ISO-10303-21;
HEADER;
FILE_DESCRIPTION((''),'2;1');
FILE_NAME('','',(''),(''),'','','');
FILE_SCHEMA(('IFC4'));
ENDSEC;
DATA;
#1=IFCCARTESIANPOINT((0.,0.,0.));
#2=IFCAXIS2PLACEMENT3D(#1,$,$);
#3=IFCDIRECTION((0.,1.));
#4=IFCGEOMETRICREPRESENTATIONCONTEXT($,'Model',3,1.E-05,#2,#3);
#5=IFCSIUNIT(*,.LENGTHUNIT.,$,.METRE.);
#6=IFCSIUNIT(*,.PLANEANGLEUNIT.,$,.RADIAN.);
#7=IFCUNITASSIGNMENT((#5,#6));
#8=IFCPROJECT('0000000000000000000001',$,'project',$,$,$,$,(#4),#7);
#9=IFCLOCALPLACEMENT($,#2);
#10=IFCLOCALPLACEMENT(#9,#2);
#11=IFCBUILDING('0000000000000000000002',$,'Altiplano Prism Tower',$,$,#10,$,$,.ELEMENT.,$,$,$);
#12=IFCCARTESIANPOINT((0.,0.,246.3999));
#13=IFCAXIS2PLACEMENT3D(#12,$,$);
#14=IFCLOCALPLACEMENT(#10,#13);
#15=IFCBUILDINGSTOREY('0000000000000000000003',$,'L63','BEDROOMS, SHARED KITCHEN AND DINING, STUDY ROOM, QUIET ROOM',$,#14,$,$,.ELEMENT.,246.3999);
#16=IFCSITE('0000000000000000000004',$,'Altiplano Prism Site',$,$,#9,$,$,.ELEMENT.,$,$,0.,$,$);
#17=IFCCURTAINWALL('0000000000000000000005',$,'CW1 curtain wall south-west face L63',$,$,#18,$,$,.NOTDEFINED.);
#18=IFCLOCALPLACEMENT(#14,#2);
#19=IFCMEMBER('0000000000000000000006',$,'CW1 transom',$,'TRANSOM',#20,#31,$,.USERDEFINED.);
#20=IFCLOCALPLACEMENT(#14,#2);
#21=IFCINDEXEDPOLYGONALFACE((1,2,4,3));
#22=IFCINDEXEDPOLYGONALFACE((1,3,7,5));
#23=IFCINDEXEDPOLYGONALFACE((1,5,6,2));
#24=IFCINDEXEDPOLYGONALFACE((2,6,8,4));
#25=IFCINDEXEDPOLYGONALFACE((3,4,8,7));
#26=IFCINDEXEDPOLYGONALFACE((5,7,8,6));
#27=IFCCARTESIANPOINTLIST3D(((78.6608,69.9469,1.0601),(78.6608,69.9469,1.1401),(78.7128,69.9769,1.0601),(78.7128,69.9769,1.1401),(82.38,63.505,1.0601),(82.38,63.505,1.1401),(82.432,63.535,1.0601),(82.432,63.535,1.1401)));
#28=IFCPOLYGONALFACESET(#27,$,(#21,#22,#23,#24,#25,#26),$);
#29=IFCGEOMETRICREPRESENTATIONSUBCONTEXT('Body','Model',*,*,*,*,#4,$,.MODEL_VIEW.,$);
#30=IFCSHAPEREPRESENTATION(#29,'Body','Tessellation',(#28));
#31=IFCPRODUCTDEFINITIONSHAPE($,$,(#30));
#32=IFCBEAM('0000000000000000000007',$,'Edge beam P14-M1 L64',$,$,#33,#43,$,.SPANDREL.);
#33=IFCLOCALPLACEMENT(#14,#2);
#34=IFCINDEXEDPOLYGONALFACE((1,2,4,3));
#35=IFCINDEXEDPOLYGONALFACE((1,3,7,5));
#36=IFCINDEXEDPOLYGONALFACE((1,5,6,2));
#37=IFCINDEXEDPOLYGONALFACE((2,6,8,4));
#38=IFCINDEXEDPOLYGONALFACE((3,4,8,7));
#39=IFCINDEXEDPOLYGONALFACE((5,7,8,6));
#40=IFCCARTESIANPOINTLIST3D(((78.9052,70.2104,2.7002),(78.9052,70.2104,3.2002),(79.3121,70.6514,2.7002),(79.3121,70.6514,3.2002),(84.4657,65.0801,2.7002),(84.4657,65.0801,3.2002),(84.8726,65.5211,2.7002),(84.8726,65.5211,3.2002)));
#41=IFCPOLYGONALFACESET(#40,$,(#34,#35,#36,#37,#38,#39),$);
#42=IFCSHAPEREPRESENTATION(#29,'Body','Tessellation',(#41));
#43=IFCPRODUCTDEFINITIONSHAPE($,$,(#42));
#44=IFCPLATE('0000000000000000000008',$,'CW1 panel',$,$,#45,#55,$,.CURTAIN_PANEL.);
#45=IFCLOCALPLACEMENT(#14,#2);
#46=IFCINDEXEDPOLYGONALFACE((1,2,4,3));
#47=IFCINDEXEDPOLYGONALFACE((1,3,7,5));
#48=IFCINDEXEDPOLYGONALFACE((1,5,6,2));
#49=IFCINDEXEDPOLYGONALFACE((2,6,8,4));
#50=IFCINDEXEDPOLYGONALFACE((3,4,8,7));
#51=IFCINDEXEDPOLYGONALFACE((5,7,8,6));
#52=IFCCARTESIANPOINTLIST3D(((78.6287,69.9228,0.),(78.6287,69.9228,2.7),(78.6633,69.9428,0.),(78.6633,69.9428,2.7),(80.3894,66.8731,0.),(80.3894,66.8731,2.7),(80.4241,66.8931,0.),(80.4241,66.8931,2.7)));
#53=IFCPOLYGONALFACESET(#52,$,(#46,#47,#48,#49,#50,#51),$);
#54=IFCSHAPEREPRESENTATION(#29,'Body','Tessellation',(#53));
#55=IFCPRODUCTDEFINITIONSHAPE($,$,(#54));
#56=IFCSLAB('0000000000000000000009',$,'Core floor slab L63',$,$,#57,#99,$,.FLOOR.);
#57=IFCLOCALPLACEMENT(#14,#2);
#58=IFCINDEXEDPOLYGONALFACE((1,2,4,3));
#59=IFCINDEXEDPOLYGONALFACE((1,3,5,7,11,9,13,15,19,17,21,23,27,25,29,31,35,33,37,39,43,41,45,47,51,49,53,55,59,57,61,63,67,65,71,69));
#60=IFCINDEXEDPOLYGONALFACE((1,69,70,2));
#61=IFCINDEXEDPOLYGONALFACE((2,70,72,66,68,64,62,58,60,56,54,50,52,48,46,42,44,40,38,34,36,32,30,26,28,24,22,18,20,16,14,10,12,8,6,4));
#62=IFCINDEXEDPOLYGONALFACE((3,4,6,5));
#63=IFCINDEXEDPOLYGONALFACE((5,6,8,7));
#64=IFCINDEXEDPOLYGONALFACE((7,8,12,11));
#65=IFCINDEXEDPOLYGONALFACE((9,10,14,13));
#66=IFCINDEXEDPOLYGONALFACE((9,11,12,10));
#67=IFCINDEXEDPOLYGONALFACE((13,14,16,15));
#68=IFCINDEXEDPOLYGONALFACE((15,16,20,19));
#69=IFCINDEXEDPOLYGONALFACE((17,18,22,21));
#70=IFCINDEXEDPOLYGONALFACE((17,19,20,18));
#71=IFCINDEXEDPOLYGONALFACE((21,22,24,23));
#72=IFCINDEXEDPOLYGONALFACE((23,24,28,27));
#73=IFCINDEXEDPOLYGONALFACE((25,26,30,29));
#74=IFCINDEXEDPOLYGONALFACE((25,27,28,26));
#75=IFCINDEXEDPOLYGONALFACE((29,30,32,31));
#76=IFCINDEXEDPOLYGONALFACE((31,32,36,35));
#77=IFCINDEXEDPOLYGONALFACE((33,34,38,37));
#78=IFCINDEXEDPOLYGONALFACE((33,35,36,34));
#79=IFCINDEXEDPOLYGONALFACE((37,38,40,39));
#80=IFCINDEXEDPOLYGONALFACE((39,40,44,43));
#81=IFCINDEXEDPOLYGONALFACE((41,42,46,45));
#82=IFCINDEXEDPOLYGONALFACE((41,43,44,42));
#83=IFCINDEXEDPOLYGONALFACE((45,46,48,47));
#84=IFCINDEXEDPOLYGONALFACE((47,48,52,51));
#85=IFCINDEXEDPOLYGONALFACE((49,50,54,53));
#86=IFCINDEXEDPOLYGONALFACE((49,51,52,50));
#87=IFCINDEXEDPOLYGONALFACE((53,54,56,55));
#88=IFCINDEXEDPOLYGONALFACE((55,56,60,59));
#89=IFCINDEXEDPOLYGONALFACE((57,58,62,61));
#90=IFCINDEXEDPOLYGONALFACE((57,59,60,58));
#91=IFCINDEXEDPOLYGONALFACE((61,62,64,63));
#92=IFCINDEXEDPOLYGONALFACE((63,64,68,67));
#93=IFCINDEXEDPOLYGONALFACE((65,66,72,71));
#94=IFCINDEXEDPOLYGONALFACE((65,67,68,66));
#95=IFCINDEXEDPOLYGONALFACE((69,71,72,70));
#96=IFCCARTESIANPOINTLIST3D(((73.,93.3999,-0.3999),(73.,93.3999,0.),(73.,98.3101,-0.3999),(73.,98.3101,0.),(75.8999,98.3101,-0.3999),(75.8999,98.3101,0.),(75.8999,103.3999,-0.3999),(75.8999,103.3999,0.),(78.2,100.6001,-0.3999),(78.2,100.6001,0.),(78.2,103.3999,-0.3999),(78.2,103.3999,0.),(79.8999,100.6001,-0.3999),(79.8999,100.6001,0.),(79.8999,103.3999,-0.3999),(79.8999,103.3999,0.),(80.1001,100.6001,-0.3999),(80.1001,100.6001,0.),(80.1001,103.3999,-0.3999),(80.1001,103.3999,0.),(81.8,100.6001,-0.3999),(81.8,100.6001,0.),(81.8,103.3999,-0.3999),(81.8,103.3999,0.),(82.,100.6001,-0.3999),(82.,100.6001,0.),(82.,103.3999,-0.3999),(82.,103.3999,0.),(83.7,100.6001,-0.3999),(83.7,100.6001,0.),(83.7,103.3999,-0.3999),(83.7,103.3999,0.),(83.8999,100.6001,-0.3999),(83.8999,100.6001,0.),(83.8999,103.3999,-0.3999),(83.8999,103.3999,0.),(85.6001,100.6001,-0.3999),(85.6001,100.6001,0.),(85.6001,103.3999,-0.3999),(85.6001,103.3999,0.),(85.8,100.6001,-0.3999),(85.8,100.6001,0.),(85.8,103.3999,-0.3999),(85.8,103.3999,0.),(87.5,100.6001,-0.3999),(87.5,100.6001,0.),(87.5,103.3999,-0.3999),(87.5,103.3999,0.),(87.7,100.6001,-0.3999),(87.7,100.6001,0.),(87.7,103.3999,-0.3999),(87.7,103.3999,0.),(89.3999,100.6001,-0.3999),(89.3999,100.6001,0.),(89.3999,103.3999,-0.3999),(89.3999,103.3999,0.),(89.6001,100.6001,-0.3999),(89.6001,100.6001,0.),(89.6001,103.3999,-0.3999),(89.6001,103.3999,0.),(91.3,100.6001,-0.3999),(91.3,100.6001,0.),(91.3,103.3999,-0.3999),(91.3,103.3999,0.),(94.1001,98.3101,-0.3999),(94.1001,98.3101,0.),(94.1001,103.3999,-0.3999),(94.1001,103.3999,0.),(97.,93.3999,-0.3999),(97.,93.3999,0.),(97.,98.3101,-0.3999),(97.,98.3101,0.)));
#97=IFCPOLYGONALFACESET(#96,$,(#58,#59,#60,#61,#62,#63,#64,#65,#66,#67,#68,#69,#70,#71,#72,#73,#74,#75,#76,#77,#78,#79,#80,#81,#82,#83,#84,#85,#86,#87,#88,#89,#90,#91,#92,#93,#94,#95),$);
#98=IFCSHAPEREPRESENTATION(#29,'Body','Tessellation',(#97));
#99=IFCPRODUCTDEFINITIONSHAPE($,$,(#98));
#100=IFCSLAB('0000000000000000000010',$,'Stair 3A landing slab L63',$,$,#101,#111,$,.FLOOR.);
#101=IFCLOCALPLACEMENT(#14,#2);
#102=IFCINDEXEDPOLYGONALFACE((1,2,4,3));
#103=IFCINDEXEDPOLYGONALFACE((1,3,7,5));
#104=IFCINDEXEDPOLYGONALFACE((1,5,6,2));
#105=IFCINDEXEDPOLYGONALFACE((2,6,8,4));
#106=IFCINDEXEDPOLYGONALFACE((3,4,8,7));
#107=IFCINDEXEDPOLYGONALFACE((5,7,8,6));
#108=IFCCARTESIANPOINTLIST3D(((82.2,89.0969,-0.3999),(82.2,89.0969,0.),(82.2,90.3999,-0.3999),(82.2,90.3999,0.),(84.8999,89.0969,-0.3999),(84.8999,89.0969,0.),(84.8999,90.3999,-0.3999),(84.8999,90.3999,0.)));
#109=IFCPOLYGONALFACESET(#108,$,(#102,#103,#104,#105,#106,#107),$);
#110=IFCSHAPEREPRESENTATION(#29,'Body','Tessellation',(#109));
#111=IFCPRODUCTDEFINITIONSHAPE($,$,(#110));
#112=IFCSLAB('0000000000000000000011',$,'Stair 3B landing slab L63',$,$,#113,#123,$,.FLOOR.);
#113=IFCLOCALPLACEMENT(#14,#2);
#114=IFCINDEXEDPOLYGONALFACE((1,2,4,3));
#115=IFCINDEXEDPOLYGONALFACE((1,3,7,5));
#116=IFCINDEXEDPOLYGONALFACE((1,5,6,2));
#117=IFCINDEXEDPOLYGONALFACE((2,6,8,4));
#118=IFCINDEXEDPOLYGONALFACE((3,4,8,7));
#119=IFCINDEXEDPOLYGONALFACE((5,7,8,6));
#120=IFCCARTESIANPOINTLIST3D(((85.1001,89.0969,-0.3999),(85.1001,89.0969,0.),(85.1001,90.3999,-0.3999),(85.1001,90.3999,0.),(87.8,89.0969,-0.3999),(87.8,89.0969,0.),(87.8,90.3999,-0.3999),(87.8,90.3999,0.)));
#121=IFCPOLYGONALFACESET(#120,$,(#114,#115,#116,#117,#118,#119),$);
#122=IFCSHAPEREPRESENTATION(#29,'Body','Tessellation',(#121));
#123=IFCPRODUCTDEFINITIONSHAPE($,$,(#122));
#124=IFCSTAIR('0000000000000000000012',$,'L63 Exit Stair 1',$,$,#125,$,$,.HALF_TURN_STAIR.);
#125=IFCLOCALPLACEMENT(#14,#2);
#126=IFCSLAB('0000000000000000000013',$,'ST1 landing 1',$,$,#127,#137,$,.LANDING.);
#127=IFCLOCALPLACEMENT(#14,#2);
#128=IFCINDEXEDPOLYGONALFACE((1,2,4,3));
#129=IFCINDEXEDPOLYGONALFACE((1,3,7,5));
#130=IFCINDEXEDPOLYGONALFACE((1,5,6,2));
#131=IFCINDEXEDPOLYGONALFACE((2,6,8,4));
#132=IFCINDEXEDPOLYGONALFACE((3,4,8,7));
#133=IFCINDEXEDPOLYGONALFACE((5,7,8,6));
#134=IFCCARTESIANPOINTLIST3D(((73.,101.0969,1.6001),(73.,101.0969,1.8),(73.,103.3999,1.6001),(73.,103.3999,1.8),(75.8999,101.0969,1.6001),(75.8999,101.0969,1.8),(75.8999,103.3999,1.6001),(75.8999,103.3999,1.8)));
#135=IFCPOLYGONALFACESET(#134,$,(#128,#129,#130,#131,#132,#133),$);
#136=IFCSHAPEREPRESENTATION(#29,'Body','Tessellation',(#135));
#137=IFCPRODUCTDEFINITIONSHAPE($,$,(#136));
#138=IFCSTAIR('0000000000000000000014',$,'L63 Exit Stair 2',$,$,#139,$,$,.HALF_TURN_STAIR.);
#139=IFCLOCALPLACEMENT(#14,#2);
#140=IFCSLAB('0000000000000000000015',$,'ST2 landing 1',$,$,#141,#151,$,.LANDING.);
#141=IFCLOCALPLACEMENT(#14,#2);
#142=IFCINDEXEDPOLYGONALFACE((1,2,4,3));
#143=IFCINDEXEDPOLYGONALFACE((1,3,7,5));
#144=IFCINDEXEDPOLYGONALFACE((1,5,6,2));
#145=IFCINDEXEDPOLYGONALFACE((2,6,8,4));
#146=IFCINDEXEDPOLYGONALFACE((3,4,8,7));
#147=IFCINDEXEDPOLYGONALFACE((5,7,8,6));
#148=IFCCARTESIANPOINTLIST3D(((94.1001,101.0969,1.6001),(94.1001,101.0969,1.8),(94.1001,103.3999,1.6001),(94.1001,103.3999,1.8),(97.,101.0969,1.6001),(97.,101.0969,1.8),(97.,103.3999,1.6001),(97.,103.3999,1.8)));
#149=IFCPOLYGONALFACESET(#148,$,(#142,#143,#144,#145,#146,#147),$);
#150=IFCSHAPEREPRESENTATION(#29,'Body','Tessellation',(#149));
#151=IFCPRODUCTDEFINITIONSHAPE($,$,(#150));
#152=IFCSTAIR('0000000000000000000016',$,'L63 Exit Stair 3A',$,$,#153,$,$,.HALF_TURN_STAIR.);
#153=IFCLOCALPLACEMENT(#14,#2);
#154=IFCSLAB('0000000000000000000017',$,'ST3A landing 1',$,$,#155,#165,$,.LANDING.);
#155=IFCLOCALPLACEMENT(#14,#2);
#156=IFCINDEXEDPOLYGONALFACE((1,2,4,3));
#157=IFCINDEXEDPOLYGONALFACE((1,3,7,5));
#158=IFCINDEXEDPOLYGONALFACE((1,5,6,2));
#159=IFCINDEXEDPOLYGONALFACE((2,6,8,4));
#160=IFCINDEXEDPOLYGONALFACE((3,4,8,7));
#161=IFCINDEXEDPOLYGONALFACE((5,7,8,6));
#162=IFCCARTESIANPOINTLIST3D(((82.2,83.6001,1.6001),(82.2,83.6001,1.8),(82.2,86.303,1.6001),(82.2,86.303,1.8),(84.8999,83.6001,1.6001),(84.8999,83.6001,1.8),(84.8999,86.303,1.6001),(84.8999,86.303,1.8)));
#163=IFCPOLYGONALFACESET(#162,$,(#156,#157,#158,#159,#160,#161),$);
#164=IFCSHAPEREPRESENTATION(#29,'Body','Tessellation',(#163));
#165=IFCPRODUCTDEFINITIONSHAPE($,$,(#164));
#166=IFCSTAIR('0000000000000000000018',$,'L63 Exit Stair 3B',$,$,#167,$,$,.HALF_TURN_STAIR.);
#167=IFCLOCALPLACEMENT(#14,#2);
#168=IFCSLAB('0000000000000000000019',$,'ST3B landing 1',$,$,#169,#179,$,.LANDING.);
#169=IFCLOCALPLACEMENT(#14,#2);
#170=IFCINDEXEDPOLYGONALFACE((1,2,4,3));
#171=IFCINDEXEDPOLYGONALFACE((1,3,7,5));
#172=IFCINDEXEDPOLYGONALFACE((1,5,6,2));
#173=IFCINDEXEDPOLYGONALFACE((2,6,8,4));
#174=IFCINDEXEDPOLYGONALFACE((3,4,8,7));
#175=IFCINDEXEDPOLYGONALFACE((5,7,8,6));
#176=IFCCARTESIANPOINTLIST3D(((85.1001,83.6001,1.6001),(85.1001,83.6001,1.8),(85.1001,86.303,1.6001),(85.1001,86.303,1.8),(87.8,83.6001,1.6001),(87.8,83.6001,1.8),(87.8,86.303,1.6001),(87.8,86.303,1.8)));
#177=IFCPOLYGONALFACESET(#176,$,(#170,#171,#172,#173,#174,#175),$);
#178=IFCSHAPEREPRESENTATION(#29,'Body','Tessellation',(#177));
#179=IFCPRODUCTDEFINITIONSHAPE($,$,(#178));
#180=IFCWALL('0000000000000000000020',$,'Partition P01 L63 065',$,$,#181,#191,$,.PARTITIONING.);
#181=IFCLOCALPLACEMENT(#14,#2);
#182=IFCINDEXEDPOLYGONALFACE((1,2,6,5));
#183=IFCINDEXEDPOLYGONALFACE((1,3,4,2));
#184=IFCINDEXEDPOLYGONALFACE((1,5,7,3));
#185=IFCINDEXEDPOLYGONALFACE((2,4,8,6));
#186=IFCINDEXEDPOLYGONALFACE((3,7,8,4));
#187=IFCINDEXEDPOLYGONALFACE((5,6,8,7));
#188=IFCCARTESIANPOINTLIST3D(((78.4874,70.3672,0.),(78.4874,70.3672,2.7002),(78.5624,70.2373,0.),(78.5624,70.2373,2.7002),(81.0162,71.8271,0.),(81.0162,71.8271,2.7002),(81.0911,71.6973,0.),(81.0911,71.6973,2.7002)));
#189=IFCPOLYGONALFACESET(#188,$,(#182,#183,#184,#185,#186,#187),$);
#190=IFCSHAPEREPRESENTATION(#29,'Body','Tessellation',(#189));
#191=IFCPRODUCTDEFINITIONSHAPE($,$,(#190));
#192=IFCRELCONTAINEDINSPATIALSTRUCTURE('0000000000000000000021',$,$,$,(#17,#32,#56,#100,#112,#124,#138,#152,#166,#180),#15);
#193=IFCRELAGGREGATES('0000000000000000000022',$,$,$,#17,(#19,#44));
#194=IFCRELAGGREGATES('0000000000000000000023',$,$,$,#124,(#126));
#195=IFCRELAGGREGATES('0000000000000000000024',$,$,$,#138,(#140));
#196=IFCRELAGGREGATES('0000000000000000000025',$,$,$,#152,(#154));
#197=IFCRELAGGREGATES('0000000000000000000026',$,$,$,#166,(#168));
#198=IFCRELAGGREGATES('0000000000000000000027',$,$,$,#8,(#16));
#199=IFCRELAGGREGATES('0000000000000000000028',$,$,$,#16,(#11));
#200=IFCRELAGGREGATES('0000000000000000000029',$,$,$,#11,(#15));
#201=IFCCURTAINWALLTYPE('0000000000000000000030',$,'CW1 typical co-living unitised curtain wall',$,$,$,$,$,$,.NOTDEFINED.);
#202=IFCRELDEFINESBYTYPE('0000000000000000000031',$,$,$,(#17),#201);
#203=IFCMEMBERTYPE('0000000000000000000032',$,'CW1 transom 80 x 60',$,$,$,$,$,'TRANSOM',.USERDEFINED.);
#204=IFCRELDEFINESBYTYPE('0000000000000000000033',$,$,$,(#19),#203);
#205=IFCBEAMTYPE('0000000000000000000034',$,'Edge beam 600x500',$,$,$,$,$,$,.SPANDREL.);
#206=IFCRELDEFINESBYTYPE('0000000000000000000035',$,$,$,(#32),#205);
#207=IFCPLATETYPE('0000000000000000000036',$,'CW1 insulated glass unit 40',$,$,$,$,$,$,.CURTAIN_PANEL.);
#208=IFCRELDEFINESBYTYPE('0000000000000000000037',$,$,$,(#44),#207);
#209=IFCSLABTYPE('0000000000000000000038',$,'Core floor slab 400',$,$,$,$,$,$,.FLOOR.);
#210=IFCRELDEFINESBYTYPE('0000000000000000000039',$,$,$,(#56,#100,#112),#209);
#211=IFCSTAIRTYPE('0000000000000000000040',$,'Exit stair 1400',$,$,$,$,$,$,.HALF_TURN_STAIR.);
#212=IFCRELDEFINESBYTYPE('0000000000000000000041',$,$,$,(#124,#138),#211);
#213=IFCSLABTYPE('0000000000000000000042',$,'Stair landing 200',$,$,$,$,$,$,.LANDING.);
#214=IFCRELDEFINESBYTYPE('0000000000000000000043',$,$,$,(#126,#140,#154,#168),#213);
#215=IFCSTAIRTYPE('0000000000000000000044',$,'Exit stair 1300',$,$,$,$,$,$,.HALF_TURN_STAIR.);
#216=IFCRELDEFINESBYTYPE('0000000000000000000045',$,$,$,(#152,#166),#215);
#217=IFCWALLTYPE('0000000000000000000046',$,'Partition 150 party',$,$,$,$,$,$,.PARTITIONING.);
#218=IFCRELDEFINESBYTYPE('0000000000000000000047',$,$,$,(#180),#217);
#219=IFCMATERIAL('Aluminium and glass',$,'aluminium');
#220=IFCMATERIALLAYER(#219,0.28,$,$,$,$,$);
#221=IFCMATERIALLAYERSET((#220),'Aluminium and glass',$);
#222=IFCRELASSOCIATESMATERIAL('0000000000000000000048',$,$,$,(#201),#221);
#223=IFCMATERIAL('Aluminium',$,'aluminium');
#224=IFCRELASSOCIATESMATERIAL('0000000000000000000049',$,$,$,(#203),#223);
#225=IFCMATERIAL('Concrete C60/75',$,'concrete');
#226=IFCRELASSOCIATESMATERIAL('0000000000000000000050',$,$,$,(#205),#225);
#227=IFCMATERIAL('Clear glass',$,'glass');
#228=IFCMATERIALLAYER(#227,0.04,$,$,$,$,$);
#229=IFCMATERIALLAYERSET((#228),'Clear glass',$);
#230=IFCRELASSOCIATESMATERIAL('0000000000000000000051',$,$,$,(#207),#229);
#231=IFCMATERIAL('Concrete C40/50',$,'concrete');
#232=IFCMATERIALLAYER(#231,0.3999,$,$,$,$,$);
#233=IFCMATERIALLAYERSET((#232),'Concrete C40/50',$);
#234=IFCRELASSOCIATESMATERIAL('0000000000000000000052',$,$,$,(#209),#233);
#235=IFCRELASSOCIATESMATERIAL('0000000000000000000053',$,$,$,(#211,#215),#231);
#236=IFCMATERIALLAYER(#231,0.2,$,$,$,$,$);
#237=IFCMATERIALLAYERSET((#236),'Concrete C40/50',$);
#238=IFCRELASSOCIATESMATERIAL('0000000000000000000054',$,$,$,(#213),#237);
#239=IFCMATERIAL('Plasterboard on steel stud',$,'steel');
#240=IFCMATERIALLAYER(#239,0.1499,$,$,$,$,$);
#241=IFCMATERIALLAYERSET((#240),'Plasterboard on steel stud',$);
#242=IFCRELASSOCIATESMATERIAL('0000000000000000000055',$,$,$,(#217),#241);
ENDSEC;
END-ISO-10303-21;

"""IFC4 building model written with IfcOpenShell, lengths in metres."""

from ifc_helpers import new_model, si_unit, direction, frame, frame_2d, origin, origin_2d, place, context, subcontext, project, spatial, polyline, rectangle, outline, extrude, material, layer, layer_set, material_profile, profile_set, type_object, element, aggregate, save


model = new_model("IFC4")

# Units and contexts
model_context = context("Model", 3, precision=1e-05, world=origin(), true_north=direction((0.0, 1.0)))
body_context = subcontext(model_context, "Body", "Model", "MODEL_VIEW")
ifc_project = project(units=[si_unit("LENGTHUNIT", "METRE"), si_unit("PLANEANGLEUNIT", "RADIAN")], contexts=[model_context])

# Site, building, storey
site_placement = place(None, origin())
site = spatial("IfcSite", under=ifc_project, at=site_placement, Name="Altiplano Prism Site", CompositionType="ELEMENT", RefElevation=0.0)
building_placement = place(site_placement, origin())
building = spatial("IfcBuilding", under=site, at=building_placement, Name="Altiplano Prism Tower", CompositionType="ELEMENT")
storey_placement = place(building_placement, frame((0.0, 0.0, 246.3999)))
storey = spatial("IfcBuildingStorey", under=building, at=storey_placement, Name="L63", Description="BEDROOMS, SHARED KITCHEN AND DINING, STUDY ROOM, QUIET ROOM", CompositionType="ELEMENT", Elevation=246.3999)

# Curtain wall, member
ifc_material_1 = material(Name="Aluminium and glass", Category="aluminium")
ifc_layer_1 = layer(ifc_material_1, 0.28)
ifc_layer_set_1 = layer_set([ifc_layer_1], Name="Aluminium and glass")
curtain_wall_type = type_object("IfcCurtainWallType", Name="CW1 typical co-living unitised curtain wall", PredefinedType="NOTDEFINED", material=ifc_layer_set_1)
curtain_wall_placement = place(storey_placement, origin())
curtain_wall = element("IfcCurtainWall", 1, at=curtain_wall_placement, inside=storey, type_object=curtain_wall_type, Name="CW1 curtain wall south-west face L63", PredefinedType="NOTDEFINED")
ifc_material_2 = material(Name="Aluminium", Category="aluminium")
ifc_material_profile_1 = material_profile(ifc_material_2, rectangle(XDim=0.0601, YDim=0.0801, at=origin_2d()), Name="CW1 transom 80 x 60")
ifc_profile_set_1 = profile_set([ifc_material_profile_1], Name="Aluminium")
member_type = type_object("IfcMemberType", Name="CW1 transom 80 x 60", ElementType="TRANSOM", PredefinedType="USERDEFINED", material=ifc_profile_set_1)
member_placement = place(storey_placement, frame((78.6868, 69.9619, 1.1001), z_axis=(0.500001, -0.866025, 0.0), x_axis=(0.866025, 0.500001, 0.0)))
member = element("IfcMember", 2, at=member_placement, type_object=member_type, Name="CW1 transom", ObjectType="TRANSOM", PredefinedType="USERDEFINED", context=body_context, shape_type="SweptSolid", body=[
    extrude(rectangle(XDim=0.0601, YDim=0.0801, at=origin_2d()), origin(), (0.0, 0.0, 1.0), 7.4385),
])

# Beam
ifc_material_3 = material(Name="Concrete C60/75", Category="concrete")
ifc_material_profile_2 = material_profile(ifc_material_3, rectangle(XDim=0.6001, YDim=0.5, at=origin_2d()), Name="Edge beam 600x500")
ifc_profile_set_2 = profile_set([ifc_material_profile_2], Name="Concrete C60/75")
beam_type = type_object("IfcBeamType", Name="Edge beam 600x500", PredefinedType="SPANDREL", material=ifc_profile_set_2)
beam_placement = place(storey_placement, frame((79.1086, 70.4309, 2.9502), z_axis=(0.734964, -0.678106, 0.0), x_axis=(0.678106, 0.734964, 0.0)))
element("IfcBeam", 3, at=beam_placement, inside=storey, type_object=beam_type, Name="Edge beam P14-M1 L64", PredefinedType="SPANDREL", context=body_context, shape_type="SweptSolid", body=[
    extrude(rectangle(XDim=0.6001, YDim=0.5, at=origin_2d()), origin(), (0.0, 0.0, 1.0), 7.5657),
])

# Plate
ifc_material_4 = material(Name="Clear glass", Category="glass")
ifc_layer_2 = layer(ifc_material_4, 0.04)
ifc_layer_set_2 = layer_set([ifc_layer_2], Name="Clear glass")
plate_type = type_object("IfcPlateType", Name="CW1 insulated glass unit 40", PredefinedType="CURTAIN_PANEL", material=ifc_layer_set_2)
plate_placement = place(storey_placement, frame((79.5264, 68.408, 0.0), z_axis=(0.0, 0.0, 1.0), x_axis=(0.5, -0.866025, 0.0)))
plate = element("IfcPlate", 4, at=plate_placement, type_object=plate_type, Name="CW1 panel", PredefinedType="CURTAIN_PANEL", context=body_context, shape_type="SweptSolid", body=[
    extrude(rectangle(XDim=3.5215, YDim=0.04, at=origin_2d()), origin(), (0.0, 0.0, 1.0), 2.7),
])
aggregate(curtain_wall, [member, plate])

# Slabs
ifc_material_5 = material(Name="Concrete C40/50", Category="concrete")
ifc_layer_3 = layer(ifc_material_5, 0.3999)
ifc_layer_set_3 = layer_set([ifc_layer_3], Name="Concrete C40/50")
slab_type_1 = type_object("IfcSlabType", Name="Core floor slab 400", PredefinedType="FLOOR", material=ifc_layer_set_3)
slab_1_placement = place(storey_placement, frame((0.0, 0.0, -0.3999)))
element("IfcSlab", 5, at=slab_1_placement, inside=storey, type_object=slab_type_1, Name="Core floor slab L63", PredefinedType="FLOOR", context=body_context, shape_type="SweptSolid", body=[
    extrude(outline(polyline([(97.0, 98.3101), (94.1001, 98.3101), (94.1001, 103.3999), (91.3, 103.3999), (91.3, 100.6001), (89.6001, 100.6001), (89.6001, 103.3999), (89.3999, 103.3999), (89.3999, 100.6001), (87.7, 100.6001), (87.7, 103.3999), (87.5, 103.3999), (87.5, 100.6001), (85.8, 100.6001), (85.8, 103.3999), (85.6001, 103.3999), (85.6001, 100.6001), (83.8999, 100.6001), (83.8999, 103.3999), (83.7, 103.3999), (83.7, 100.6001), (82.0, 100.6001), (82.0, 103.3999), (81.8, 103.3999), (81.8, 100.6001), (80.1001, 100.6001), (80.1001, 103.3999), (79.8999, 103.3999), (79.8999, 100.6001), (78.2, 100.6001), (78.2, 103.3999), (75.8999, 103.3999), (75.8999, 98.3101), (73.0, 98.3101), (73.0, 93.3999), (97.0, 93.3999), (97.0, 98.3101)])), origin(), (0.0, 0.0, 1.0), 0.3999),
])
slab_2_placement = place(storey_placement, frame((0.0, 0.0, -0.3999)))
element("IfcSlab", 6, at=slab_2_placement, inside=storey, type_object=slab_type_1, Name="Stair 3A landing slab L63", PredefinedType="FLOOR", context=body_context, shape_type="SweptSolid", body=[
    extrude(outline(polyline([(82.2, 89.0969), (84.8999, 89.0969), (84.8999, 90.3999), (82.2, 90.3999), (82.2, 89.0969)])), origin(), (0.0, 0.0, 1.0), 0.3999),
])
slab_3_placement = place(storey_placement, frame((0.0, 0.0, -0.3999)))
element("IfcSlab", 7, at=slab_3_placement, inside=storey, type_object=slab_type_1, Name="Stair 3B landing slab L63", PredefinedType="FLOOR", context=body_context, shape_type="SweptSolid", body=[
    extrude(outline(polyline([(85.1001, 89.0969), (87.8, 89.0969), (87.8, 90.3999), (85.1001, 90.3999), (85.1001, 89.0969)])), origin(), (0.0, 0.0, 1.0), 0.3999),
])

# Stairs, slabs
stair_type_1 = type_object("IfcStairType", Name="Exit stair 1400", PredefinedType="HALF_TURN_STAIR", material=ifc_material_5)
stair_1_placement = place(storey_placement, origin())
stair_1 = element("IfcStair", 8, at=stair_1_placement, inside=storey, type_object=stair_type_1, Name="L63 Exit Stair 1", PredefinedType="HALF_TURN_STAIR")
ifc_layer_4 = layer(ifc_material_5, 0.2)
ifc_layer_set_4 = layer_set([ifc_layer_4], Name="Concrete C40/50")
slab_type_2 = type_object("IfcSlabType", Name="Stair landing 200", PredefinedType="LANDING", material=ifc_layer_set_4)
slab_4_placement = place(storey_placement, frame((0.0, 0.0, 1.6001)))
slab_4 = element("IfcSlab", 9, at=slab_4_placement, type_object=slab_type_2, Name="ST1 landing 1", PredefinedType="LANDING", context=body_context, shape_type="SweptSolid", body=[
    extrude(outline(polyline([(75.8999, 101.0969), (75.8999, 103.3999), (73.0, 103.3999), (73.0, 101.0969), (75.8999, 101.0969)])), origin(), (0.0, 0.0, 1.0), 0.2),
])
aggregate(stair_1, [slab_4])
stair_2_placement = place(storey_placement, origin())
stair_2 = element("IfcStair", 10, at=stair_2_placement, inside=storey, type_object=stair_type_1, Name="L63 Exit Stair 2", PredefinedType="HALF_TURN_STAIR")
slab_5_placement = place(storey_placement, frame((0.0, 0.0, 1.6001)))
slab_5 = element("IfcSlab", 11, at=slab_5_placement, type_object=slab_type_2, Name="ST2 landing 1", PredefinedType="LANDING", context=body_context, shape_type="SweptSolid", body=[
    extrude(outline(polyline([(97.0, 101.0969), (97.0, 103.3999), (94.1001, 103.3999), (94.1001, 101.0969), (97.0, 101.0969)])), origin(), (0.0, 0.0, 1.0), 0.2),
])
aggregate(stair_2, [slab_5])
stair_type_2 = type_object("IfcStairType", Name="Exit stair 1300", PredefinedType="HALF_TURN_STAIR", material=ifc_material_5)
stair_3_placement = place(storey_placement, origin())
stair_3 = element("IfcStair", 12, at=stair_3_placement, inside=storey, type_object=stair_type_2, Name="L63 Exit Stair 3A", PredefinedType="HALF_TURN_STAIR")
slab_6_placement = place(storey_placement, frame((0.0, 0.0, 1.6001)))
slab_6 = element("IfcSlab", 13, at=slab_6_placement, type_object=slab_type_2, Name="ST3A landing 1", PredefinedType="LANDING", context=body_context, shape_type="SweptSolid", body=[
    extrude(outline(polyline([(82.2, 86.303), (82.2, 83.6001), (84.8999, 83.6001), (84.8999, 86.303), (82.2, 86.303)])), origin(), (0.0, 0.0, 1.0), 0.2),
])
aggregate(stair_3, [slab_6])
stair_4_placement = place(storey_placement, origin())
stair_4 = element("IfcStair", 14, at=stair_4_placement, inside=storey, type_object=stair_type_2, Name="L63 Exit Stair 3B", PredefinedType="HALF_TURN_STAIR")
slab_7_placement = place(storey_placement, frame((0.0, 0.0, 1.6001)))
slab_7 = element("IfcSlab", 15, at=slab_7_placement, type_object=slab_type_2, Name="ST3B landing 1", PredefinedType="LANDING", context=body_context, shape_type="SweptSolid", body=[
    extrude(outline(polyline([(85.1001, 86.303), (85.1001, 83.6001), (87.8, 83.6001), (87.8, 86.303), (85.1001, 86.303)])), origin(), (0.0, 0.0, 1.0), 0.2),
])
aggregate(stair_4, [slab_7])

# Wall
ifc_material_6 = material(Name="Plasterboard on steel stud", Category="steel")
ifc_layer_5 = layer(ifc_material_6, 0.1499)
ifc_layer_set_5 = layer_set([ifc_layer_5], Name="Plasterboard on steel stud")
wall_type = type_object("IfcWallType", Name="Partition 150 party", PredefinedType="PARTITIONING", material=ifc_layer_set_5)
wall_placement = place(storey_placement, frame((78.5249, 70.3022, 0.0), z_axis=(0.0, 0.0, 1.0), x_axis=(0.866032, 0.499988, 0.0)))
element("IfcWall", 16, at=wall_placement, inside=storey, type_object=wall_type, Name="Partition P01 L63 065", PredefinedType="PARTITIONING", context=body_context, shape_type="SweptSolid", body=[
    extrude(rectangle(XDim=2.9199, YDim=0.1499, at=frame_2d((1.46, 0.0))), origin(), (0.0, 0.0, 1.0), 2.7002),
])

save(model, "model.ifc")
